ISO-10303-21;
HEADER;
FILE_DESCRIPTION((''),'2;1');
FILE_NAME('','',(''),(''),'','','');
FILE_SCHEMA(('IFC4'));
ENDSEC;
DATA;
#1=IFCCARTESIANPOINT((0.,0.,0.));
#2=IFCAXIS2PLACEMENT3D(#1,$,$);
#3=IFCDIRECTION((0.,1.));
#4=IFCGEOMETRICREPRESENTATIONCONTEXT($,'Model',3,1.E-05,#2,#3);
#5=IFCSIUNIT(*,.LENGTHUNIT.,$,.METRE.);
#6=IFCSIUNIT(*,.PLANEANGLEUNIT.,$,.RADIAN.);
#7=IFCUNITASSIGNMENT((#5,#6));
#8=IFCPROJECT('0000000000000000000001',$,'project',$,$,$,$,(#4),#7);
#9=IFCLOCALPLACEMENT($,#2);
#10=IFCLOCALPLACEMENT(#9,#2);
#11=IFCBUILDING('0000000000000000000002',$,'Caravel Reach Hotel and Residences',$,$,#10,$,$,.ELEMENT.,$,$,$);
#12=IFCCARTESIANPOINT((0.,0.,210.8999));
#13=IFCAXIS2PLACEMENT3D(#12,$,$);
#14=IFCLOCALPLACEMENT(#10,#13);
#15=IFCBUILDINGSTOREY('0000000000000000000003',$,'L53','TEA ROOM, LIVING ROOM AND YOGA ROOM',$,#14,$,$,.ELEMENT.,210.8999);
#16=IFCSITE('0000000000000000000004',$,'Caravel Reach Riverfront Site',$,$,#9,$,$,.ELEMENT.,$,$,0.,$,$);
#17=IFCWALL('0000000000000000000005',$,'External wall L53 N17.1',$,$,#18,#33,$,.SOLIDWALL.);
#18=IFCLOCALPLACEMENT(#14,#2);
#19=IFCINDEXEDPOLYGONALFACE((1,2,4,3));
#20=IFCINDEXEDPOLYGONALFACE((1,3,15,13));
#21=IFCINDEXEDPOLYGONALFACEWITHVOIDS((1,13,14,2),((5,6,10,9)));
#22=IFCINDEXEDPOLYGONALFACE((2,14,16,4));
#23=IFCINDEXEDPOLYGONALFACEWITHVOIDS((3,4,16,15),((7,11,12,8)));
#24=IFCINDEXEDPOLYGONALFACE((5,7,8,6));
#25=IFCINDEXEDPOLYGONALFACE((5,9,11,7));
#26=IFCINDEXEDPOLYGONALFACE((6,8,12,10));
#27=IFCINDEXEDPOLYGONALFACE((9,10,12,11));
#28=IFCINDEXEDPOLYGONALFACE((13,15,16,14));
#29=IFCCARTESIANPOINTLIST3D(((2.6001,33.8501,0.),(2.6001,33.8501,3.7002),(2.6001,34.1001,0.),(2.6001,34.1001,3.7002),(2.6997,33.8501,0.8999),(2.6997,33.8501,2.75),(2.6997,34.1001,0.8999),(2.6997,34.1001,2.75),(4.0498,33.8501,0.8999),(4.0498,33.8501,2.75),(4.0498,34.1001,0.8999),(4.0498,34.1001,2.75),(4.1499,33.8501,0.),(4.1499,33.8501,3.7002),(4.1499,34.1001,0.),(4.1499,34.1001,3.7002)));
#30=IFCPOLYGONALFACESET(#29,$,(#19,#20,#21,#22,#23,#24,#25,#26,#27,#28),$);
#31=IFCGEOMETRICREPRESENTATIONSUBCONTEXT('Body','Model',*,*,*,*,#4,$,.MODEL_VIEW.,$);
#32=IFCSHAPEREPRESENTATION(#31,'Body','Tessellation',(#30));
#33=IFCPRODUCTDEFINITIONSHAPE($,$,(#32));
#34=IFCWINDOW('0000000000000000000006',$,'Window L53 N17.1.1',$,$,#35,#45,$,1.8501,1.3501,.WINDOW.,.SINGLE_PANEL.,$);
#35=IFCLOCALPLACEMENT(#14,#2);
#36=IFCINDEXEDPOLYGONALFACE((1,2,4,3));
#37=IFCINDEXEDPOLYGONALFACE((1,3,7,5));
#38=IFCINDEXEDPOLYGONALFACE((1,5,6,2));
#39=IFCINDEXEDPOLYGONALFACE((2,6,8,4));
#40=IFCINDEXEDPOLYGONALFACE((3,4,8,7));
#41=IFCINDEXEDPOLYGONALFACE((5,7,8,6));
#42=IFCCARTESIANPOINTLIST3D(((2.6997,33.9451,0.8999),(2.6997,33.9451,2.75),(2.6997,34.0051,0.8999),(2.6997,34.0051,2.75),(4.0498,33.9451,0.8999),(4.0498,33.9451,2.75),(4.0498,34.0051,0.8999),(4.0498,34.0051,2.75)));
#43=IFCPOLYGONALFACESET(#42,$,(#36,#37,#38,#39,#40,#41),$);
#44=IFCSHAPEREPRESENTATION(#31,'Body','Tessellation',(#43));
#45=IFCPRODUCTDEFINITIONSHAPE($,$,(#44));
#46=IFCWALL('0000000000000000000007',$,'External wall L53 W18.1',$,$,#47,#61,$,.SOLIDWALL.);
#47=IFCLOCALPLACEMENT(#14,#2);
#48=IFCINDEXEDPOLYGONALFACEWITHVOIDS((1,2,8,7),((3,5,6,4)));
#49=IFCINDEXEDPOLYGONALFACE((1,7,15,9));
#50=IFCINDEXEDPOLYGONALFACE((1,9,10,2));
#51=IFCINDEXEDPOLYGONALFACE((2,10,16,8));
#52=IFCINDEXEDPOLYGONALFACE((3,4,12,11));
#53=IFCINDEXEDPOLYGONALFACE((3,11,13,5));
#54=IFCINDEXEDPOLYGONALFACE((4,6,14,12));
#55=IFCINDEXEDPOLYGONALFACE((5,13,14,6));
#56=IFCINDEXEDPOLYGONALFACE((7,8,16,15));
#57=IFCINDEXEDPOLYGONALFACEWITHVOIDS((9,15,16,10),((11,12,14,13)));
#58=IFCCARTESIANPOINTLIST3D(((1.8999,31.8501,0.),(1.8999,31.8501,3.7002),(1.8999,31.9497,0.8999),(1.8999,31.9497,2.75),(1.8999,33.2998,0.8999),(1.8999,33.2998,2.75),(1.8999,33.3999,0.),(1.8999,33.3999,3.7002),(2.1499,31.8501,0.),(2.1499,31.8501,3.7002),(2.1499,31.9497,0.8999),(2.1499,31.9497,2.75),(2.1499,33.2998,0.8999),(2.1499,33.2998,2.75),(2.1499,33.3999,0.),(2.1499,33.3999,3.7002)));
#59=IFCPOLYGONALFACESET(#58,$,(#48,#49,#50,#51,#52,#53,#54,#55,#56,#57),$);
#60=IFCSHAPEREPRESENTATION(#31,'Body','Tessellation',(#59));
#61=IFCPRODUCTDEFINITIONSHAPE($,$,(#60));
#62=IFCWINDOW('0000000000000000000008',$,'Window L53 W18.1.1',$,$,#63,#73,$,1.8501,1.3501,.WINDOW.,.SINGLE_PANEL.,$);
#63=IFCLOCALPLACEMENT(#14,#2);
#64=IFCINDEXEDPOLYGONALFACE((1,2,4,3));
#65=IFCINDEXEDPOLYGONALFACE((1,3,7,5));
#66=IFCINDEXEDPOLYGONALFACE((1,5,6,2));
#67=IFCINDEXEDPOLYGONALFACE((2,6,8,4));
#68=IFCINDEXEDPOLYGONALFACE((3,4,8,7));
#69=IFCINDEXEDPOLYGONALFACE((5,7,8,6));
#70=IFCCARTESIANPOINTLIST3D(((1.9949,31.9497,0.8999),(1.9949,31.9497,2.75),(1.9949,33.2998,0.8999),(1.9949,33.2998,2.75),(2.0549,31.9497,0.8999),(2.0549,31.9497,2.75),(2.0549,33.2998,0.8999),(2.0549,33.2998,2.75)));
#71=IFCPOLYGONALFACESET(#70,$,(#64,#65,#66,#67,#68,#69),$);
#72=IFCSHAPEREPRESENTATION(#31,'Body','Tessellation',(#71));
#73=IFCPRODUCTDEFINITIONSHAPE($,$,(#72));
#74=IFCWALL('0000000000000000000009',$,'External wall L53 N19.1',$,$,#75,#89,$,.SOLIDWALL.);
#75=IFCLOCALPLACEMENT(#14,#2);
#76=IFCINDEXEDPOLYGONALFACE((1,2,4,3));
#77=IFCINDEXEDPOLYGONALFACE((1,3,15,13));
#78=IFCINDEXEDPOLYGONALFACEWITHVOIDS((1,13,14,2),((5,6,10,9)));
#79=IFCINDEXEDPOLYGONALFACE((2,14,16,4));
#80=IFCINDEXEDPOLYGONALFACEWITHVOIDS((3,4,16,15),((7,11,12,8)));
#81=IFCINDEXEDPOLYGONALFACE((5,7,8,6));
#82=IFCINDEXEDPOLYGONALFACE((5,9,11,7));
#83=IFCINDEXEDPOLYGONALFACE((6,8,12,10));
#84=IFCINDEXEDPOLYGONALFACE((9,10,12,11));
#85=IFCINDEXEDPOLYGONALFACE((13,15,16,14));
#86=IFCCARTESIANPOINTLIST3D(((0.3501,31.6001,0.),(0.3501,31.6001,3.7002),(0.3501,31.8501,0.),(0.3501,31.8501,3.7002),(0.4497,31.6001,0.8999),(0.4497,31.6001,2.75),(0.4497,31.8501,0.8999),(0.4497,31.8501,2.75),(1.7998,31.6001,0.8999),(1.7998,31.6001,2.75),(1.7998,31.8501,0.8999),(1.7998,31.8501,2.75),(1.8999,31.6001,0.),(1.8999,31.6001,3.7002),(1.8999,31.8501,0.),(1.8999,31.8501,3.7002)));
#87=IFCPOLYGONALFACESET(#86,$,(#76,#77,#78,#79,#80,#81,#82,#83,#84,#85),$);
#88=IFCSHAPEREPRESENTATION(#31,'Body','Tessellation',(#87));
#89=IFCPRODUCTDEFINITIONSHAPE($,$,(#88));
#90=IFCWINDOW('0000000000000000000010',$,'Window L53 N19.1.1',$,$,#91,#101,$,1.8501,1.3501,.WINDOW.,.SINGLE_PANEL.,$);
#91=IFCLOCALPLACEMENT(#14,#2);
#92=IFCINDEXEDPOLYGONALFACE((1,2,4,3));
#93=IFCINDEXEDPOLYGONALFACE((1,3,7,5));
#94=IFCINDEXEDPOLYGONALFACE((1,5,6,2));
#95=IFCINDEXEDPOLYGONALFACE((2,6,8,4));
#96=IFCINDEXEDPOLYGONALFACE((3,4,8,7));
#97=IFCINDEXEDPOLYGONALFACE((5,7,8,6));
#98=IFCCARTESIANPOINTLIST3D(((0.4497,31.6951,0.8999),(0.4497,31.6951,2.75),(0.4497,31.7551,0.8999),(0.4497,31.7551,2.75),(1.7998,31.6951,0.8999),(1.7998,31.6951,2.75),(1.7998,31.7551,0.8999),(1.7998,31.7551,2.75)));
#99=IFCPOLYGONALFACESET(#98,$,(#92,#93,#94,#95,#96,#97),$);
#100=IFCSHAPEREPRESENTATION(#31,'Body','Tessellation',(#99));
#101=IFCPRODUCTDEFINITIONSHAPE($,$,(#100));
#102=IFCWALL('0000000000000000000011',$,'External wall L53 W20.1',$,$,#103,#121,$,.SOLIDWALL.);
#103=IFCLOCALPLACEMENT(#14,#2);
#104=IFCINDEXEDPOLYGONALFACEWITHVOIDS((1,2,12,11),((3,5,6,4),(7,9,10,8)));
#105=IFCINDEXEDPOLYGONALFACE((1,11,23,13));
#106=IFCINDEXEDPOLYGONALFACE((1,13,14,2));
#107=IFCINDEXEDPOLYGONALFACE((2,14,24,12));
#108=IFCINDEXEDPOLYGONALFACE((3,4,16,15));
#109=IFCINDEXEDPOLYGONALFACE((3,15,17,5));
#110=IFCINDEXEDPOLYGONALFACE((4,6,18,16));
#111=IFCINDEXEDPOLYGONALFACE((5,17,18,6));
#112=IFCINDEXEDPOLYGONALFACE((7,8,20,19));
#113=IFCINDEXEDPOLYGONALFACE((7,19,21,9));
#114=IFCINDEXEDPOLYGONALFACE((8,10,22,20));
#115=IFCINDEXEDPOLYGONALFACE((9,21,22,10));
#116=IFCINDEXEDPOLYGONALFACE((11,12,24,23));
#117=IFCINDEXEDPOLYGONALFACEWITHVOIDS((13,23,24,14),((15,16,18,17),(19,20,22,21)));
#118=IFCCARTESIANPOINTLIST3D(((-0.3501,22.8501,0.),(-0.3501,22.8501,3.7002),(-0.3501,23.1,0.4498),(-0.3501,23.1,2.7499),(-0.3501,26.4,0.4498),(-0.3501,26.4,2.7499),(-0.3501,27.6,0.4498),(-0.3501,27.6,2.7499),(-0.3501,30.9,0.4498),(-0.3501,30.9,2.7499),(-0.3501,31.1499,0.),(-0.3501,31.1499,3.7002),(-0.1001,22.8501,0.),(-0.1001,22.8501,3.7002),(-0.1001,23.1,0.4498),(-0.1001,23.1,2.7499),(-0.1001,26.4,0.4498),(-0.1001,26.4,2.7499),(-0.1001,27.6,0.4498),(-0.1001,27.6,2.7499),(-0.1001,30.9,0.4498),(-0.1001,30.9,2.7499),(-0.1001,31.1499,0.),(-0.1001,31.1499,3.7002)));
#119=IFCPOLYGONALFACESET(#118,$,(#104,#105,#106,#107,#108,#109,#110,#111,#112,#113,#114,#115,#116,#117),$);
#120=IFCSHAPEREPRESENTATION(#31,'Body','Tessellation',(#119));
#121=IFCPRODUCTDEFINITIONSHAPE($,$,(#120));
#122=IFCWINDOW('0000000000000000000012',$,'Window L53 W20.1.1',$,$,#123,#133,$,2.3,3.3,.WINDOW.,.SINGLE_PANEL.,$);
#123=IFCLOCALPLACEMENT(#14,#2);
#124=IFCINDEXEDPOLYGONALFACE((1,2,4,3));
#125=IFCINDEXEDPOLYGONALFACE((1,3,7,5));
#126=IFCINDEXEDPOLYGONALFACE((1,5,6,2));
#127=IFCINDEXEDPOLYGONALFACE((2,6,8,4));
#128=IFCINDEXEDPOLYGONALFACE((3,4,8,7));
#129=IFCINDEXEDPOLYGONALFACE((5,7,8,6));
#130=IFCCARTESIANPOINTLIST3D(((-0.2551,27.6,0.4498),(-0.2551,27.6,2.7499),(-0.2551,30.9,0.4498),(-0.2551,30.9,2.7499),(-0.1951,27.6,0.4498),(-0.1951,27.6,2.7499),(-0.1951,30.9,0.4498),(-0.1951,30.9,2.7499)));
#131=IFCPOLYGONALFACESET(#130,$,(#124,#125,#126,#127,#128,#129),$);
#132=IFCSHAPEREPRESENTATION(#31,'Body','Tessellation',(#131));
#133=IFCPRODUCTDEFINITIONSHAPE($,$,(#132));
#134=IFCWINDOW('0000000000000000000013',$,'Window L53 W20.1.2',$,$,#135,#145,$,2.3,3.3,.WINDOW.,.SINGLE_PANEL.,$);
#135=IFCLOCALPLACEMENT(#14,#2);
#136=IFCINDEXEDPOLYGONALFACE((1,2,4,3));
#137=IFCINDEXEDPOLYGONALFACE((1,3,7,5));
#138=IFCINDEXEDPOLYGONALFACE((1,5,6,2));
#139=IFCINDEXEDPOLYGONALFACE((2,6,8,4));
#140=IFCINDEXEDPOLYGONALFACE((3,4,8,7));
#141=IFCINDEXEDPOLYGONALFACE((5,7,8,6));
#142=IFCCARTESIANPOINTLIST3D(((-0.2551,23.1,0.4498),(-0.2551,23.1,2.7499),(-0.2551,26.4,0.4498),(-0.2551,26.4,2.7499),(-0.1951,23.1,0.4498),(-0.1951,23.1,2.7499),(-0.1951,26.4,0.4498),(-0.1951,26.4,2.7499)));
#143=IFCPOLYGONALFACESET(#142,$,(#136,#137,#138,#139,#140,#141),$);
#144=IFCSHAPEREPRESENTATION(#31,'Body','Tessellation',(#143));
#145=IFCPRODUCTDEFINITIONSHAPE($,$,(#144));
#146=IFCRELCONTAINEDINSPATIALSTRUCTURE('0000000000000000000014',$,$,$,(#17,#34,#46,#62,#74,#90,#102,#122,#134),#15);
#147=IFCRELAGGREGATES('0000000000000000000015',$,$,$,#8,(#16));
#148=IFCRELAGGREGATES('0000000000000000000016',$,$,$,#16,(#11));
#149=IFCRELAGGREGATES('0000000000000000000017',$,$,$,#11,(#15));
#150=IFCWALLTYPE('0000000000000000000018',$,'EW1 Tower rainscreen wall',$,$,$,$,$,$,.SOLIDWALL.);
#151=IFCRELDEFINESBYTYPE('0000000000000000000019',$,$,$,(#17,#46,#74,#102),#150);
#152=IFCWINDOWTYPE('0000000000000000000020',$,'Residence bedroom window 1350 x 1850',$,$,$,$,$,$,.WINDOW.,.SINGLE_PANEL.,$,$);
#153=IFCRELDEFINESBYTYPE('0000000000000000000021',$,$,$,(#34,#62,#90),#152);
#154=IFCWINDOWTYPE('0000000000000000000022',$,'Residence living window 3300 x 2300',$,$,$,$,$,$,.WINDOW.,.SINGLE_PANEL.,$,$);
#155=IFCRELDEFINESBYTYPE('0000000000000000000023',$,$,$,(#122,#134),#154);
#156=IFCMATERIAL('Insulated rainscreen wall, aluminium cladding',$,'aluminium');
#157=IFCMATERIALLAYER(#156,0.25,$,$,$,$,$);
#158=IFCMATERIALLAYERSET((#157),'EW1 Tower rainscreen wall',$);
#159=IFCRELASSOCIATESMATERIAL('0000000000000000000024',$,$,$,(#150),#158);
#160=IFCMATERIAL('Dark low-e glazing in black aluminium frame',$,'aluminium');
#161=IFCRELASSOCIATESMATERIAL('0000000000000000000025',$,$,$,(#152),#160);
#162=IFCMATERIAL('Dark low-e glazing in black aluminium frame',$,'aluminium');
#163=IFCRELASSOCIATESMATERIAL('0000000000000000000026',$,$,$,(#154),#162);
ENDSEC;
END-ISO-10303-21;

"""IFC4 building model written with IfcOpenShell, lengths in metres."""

from ifc_helpers import new_model, si_unit, direction, frame, frame_2d, origin, place, context, subcontext, project, spatial, rectangle, extrude, material, layer, layer_set, type_object, element, fill, save


model = new_model("IFC4")

# Units and contexts
model_context = context("Model", 3, precision=1e-05, world=origin(), true_north=direction((0.0, 1.0)))
body_context = subcontext(model_context, "Body", "Model", "MODEL_VIEW")
ifc_project = project(units=[si_unit("LENGTHUNIT", "METRE"), si_unit("PLANEANGLEUNIT", "RADIAN")], contexts=[model_context])

# Site, building, storey
site_placement = place(None, origin())
site = spatial("IfcSite", under=ifc_project, at=site_placement, Name="Caravel Reach Riverfront Site", CompositionType="ELEMENT", RefElevation=0.0)
building_placement = place(site_placement, origin())
building = spatial("IfcBuilding", under=site, at=building_placement, Name="Caravel Reach Hotel and Residences", CompositionType="ELEMENT")
storey_placement = place(building_placement, frame((0.0, 0.0, 210.8999)))
storey = spatial("IfcBuildingStorey", under=building, at=storey_placement, Name="L53", Description="TEA ROOM, LIVING ROOM AND YOGA ROOM", CompositionType="ELEMENT", Elevation=210.8999)

# Walls, openings, windows
ifc_material_1 = material(Name="Insulated rainscreen wall, aluminium cladding", Category="aluminium")
ifc_layer_1 = layer(ifc_material_1, 0.25)
ifc_layer_set_1 = layer_set([ifc_layer_1], Name="EW1 Tower rainscreen wall")
wall_type_1 = type_object("IfcWallType", Name="EW1 Tower rainscreen wall", PredefinedType="SOLIDWALL", material=ifc_layer_set_1)
ifc_material_2 = material(Name="Dark low-e glazing in black aluminium frame", Category="aluminium")
window_type_1 = type_object("IfcWindowType", Name="Residence bedroom window 1350 x 1850", PartitioningType="SINGLE_PANEL", PredefinedType="WINDOW", material=ifc_material_2)
wall_1_placement = place(storey_placement, frame((4.1499, 33.9751, 0.0), z_axis=(0.0, 0.0, 1.0), x_axis=(-1.0, 0.0, 0.0)))
wall_1 = element("IfcWall", 1, at=wall_1_placement, inside=storey, type_object=wall_type_1, Name="External wall L53 N17.1", PredefinedType="SOLIDWALL", context=body_context, shape_type="SweptSolid", body=[
    extrude(rectangle(XDim=1.5498, YDim=0.25, at=frame_2d((0.7749, 0.0))), origin(), (0.0, 0.0, 1.0), 3.7002),
])
opening_1_placement = place(wall_1_placement, frame((0.1001, 0.0, 0.8999)))
opening_1 = element("IfcOpeningElement", 2, at=opening_1_placement, cuts=wall_1, PredefinedType="OPENING", context=body_context, shape_type="SweptSolid", body=[
    extrude(rectangle(XDim=1.3501, YDim=1.8501, at=frame_2d((0.675, 0.925))), frame((0.0, 0.135, 0.0), z_axis=(0.0, -1.0, 0.0), x_axis=(1.0, 0.0, 0.0)), (0.0, 0.0, 1.0), 0.27),
])
window_1_placement = place(opening_1_placement, origin())
window_1 = element("IfcWindow", 3, at=window_1_placement, inside=storey, type_object=window_type_1, Name="Window L53 N17.1.1", OverallHeight=1.8501, OverallWidth=1.3501, PartitioningType="SINGLE_PANEL", PredefinedType="WINDOW", context=body_context, shape_type="SweptSolid", body=[
    extrude(rectangle(XDim=1.3501, YDim=1.8501, at=frame_2d((0.675, 0.925))), frame((0.0, 0.03, 0.0), z_axis=(0.0, -1.0, 0.0), x_axis=(1.0, 0.0, 0.0)), (0.0, 0.0, 1.0), 0.0601),
])
fill(opening_1, window_1)
wall_2_placement = place(storey_placement, frame((2.0249, 33.3999, 0.0), z_axis=(0.0, 0.0, 1.0), x_axis=(0.0, -1.0, 0.0)))
wall_2 = element("IfcWall", 4, at=wall_2_placement, inside=storey, type_object=wall_type_1, Name="External wall L53 W18.1", PredefinedType="SOLIDWALL", context=body_context, shape_type="SweptSolid", body=[
    extrude(rectangle(XDim=1.5498, YDim=0.25, at=frame_2d((0.7749, 0.0))), origin(), (0.0, 0.0, 1.0), 3.7002),
])
opening_2_placement = place(wall_2_placement, frame((0.1001, 0.0, 0.8999)))
opening_2 = element("IfcOpeningElement", 5, at=opening_2_placement, cuts=wall_2, PredefinedType="OPENING", context=body_context, shape_type="SweptSolid", body=[
    extrude(rectangle(XDim=1.3501, YDim=1.8501, at=frame_2d((0.675, 0.925))), frame((0.0, 0.135, 0.0), z_axis=(0.0, -1.0, 0.0), x_axis=(1.0, 0.0, 0.0)), (0.0, 0.0, 1.0), 0.27),
])
window_2_placement = place(opening_2_placement, origin())
window_2 = element("IfcWindow", 6, at=window_2_placement, inside=storey, type_object=window_type_1, Name="Window L53 W18.1.1", OverallHeight=1.8501, OverallWidth=1.3501, PartitioningType="SINGLE_PANEL", PredefinedType="WINDOW", context=body_context, shape_type="SweptSolid", body=[
    extrude(rectangle(XDim=1.3501, YDim=1.8501, at=frame_2d((0.675, 0.925))), frame((0.0, 0.03, 0.0), z_axis=(0.0, -1.0, 0.0), x_axis=(1.0, 0.0, 0.0)), (0.0, 0.0, 1.0), 0.0601),
])
fill(opening_2, window_2)
wall_3_placement = place(storey_placement, frame((1.8999, 31.7251, 0.0), z_axis=(0.0, 0.0, 1.0), x_axis=(-1.0, 0.0, 0.0)))
wall_3 = element("IfcWall", 7, at=wall_3_placement, inside=storey, type_object=wall_type_1, Name="External wall L53 N19.1", PredefinedType="SOLIDWALL", context=body_context, shape_type="SweptSolid", body=[
    extrude(rectangle(XDim=1.5498, YDim=0.25, at=frame_2d((0.7749, 0.0))), origin(), (0.0, 0.0, 1.0), 3.7002),
])
opening_3_placement = place(wall_3_placement, frame((0.1001, 0.0, 0.8999)))
opening_3 = element("IfcOpeningElement", 8, at=opening_3_placement, cuts=wall_3, PredefinedType="OPENING", context=body_context, shape_type="SweptSolid", body=[
    extrude(rectangle(XDim=1.3501, YDim=1.8501, at=frame_2d((0.675, 0.925))), frame((0.0, 0.135, 0.0), z_axis=(0.0, -1.0, 0.0), x_axis=(1.0, 0.0, 0.0)), (0.0, 0.0, 1.0), 0.27),
])
window_3_placement = place(opening_3_placement, origin())
window_3 = element("IfcWindow", 9, at=window_3_placement, inside=storey, type_object=window_type_1, Name="Window L53 N19.1.1", OverallHeight=1.8501, OverallWidth=1.3501, PartitioningType="SINGLE_PANEL", PredefinedType="WINDOW", context=body_context, shape_type="SweptSolid", body=[
    extrude(rectangle(XDim=1.3501, YDim=1.8501, at=frame_2d((0.675, 0.925))), frame((0.0, 0.03, 0.0), z_axis=(0.0, -1.0, 0.0), x_axis=(1.0, 0.0, 0.0)), (0.0, 0.0, 1.0), 0.0601),
])
fill(opening_3, window_3)

# Wall, openings, windows
wall_4_placement = place(storey_placement, frame((-0.2251, 31.1499, 0.0), z_axis=(0.0, 0.0, 1.0), x_axis=(0.0, -1.0, 0.0)))
wall_4 = element("IfcWall", 10, at=wall_4_placement, inside=storey, type_object=wall_type_1, Name="External wall L53 W20.1", PredefinedType="SOLIDWALL", context=body_context, shape_type="SweptSolid", body=[
    extrude(rectangle(XDim=8.2998, YDim=0.25, at=frame_2d((4.1499, 0.0))), origin(), (0.0, 0.0, 1.0), 3.7002),
])
opening_4_placement = place(wall_4_placement, frame((0.25, 0.0, 0.45)))
opening_4 = element("IfcOpeningElement", 11, at=opening_4_placement, cuts=wall_4, PredefinedType="OPENING", context=body_context, shape_type="SweptSolid", body=[
    extrude(rectangle(XDim=3.3, YDim=2.3, at=frame_2d((1.6499, 1.1499))), frame((0.0, 0.135, 0.0), z_axis=(0.0, -1.0, 0.0), x_axis=(1.0, 0.0, 0.0)), (0.0, 0.0, 1.0), 0.27),
])
opening_5_placement = place(wall_4_placement, frame((4.75, 0.0, 0.45)))
opening_5 = element("IfcOpeningElement", 12, at=opening_5_placement, cuts=wall_4, PredefinedType="OPENING", context=body_context, shape_type="SweptSolid", body=[
    extrude(rectangle(XDim=3.3, YDim=2.3, at=frame_2d((1.6499, 1.1499))), frame((0.0, 0.135, 0.0), z_axis=(0.0, -1.0, 0.0), x_axis=(1.0, 0.0, 0.0)), (0.0, 0.0, 1.0), 0.27),
])
ifc_material_3 = material(Name="Dark low-e glazing in black aluminium frame", Category="aluminium")
window_type_2 = type_object("IfcWindowType", Name="Residence living window 3300 x 2300", PartitioningType="SINGLE_PANEL", PredefinedType="WINDOW", material=ifc_material_3)
window_4_placement = place(opening_4_placement, origin())
window_4 = element("IfcWindow", 13, at=window_4_placement, inside=storey, type_object=window_type_2, Name="Window L53 W20.1.1", OverallHeight=2.3, OverallWidth=3.3, PartitioningType="SINGLE_PANEL", PredefinedType="WINDOW", context=body_context, shape_type="SweptSolid", body=[
    extrude(rectangle(XDim=3.3, YDim=2.3, at=frame_2d((1.6499, 1.1499))), frame((0.0, 0.03, 0.0), z_axis=(0.0, -1.0, 0.0), x_axis=(1.0, 0.0, 0.0)), (0.0, 0.0, 1.0), 0.0601),
])
fill(opening_4, window_4)
window_5_placement = place(opening_5_placement, origin())
window_5 = element("IfcWindow", 14, at=window_5_placement, inside=storey, type_object=window_type_2, Name="Window L53 W20.1.2", OverallHeight=2.3, OverallWidth=3.3, PartitioningType="SINGLE_PANEL", PredefinedType="WINDOW", context=body_context, shape_type="SweptSolid", body=[
    extrude(rectangle(XDim=3.3, YDim=2.3, at=frame_2d((1.6499, 1.1499))), frame((0.0, 0.03, 0.0), z_axis=(0.0, -1.0, 0.0), x_axis=(1.0, 0.0, 0.0)), (0.0, 0.0, 1.0), 0.0601),
])
fill(opening_5, window_5)

save(model, "model.ifc")
